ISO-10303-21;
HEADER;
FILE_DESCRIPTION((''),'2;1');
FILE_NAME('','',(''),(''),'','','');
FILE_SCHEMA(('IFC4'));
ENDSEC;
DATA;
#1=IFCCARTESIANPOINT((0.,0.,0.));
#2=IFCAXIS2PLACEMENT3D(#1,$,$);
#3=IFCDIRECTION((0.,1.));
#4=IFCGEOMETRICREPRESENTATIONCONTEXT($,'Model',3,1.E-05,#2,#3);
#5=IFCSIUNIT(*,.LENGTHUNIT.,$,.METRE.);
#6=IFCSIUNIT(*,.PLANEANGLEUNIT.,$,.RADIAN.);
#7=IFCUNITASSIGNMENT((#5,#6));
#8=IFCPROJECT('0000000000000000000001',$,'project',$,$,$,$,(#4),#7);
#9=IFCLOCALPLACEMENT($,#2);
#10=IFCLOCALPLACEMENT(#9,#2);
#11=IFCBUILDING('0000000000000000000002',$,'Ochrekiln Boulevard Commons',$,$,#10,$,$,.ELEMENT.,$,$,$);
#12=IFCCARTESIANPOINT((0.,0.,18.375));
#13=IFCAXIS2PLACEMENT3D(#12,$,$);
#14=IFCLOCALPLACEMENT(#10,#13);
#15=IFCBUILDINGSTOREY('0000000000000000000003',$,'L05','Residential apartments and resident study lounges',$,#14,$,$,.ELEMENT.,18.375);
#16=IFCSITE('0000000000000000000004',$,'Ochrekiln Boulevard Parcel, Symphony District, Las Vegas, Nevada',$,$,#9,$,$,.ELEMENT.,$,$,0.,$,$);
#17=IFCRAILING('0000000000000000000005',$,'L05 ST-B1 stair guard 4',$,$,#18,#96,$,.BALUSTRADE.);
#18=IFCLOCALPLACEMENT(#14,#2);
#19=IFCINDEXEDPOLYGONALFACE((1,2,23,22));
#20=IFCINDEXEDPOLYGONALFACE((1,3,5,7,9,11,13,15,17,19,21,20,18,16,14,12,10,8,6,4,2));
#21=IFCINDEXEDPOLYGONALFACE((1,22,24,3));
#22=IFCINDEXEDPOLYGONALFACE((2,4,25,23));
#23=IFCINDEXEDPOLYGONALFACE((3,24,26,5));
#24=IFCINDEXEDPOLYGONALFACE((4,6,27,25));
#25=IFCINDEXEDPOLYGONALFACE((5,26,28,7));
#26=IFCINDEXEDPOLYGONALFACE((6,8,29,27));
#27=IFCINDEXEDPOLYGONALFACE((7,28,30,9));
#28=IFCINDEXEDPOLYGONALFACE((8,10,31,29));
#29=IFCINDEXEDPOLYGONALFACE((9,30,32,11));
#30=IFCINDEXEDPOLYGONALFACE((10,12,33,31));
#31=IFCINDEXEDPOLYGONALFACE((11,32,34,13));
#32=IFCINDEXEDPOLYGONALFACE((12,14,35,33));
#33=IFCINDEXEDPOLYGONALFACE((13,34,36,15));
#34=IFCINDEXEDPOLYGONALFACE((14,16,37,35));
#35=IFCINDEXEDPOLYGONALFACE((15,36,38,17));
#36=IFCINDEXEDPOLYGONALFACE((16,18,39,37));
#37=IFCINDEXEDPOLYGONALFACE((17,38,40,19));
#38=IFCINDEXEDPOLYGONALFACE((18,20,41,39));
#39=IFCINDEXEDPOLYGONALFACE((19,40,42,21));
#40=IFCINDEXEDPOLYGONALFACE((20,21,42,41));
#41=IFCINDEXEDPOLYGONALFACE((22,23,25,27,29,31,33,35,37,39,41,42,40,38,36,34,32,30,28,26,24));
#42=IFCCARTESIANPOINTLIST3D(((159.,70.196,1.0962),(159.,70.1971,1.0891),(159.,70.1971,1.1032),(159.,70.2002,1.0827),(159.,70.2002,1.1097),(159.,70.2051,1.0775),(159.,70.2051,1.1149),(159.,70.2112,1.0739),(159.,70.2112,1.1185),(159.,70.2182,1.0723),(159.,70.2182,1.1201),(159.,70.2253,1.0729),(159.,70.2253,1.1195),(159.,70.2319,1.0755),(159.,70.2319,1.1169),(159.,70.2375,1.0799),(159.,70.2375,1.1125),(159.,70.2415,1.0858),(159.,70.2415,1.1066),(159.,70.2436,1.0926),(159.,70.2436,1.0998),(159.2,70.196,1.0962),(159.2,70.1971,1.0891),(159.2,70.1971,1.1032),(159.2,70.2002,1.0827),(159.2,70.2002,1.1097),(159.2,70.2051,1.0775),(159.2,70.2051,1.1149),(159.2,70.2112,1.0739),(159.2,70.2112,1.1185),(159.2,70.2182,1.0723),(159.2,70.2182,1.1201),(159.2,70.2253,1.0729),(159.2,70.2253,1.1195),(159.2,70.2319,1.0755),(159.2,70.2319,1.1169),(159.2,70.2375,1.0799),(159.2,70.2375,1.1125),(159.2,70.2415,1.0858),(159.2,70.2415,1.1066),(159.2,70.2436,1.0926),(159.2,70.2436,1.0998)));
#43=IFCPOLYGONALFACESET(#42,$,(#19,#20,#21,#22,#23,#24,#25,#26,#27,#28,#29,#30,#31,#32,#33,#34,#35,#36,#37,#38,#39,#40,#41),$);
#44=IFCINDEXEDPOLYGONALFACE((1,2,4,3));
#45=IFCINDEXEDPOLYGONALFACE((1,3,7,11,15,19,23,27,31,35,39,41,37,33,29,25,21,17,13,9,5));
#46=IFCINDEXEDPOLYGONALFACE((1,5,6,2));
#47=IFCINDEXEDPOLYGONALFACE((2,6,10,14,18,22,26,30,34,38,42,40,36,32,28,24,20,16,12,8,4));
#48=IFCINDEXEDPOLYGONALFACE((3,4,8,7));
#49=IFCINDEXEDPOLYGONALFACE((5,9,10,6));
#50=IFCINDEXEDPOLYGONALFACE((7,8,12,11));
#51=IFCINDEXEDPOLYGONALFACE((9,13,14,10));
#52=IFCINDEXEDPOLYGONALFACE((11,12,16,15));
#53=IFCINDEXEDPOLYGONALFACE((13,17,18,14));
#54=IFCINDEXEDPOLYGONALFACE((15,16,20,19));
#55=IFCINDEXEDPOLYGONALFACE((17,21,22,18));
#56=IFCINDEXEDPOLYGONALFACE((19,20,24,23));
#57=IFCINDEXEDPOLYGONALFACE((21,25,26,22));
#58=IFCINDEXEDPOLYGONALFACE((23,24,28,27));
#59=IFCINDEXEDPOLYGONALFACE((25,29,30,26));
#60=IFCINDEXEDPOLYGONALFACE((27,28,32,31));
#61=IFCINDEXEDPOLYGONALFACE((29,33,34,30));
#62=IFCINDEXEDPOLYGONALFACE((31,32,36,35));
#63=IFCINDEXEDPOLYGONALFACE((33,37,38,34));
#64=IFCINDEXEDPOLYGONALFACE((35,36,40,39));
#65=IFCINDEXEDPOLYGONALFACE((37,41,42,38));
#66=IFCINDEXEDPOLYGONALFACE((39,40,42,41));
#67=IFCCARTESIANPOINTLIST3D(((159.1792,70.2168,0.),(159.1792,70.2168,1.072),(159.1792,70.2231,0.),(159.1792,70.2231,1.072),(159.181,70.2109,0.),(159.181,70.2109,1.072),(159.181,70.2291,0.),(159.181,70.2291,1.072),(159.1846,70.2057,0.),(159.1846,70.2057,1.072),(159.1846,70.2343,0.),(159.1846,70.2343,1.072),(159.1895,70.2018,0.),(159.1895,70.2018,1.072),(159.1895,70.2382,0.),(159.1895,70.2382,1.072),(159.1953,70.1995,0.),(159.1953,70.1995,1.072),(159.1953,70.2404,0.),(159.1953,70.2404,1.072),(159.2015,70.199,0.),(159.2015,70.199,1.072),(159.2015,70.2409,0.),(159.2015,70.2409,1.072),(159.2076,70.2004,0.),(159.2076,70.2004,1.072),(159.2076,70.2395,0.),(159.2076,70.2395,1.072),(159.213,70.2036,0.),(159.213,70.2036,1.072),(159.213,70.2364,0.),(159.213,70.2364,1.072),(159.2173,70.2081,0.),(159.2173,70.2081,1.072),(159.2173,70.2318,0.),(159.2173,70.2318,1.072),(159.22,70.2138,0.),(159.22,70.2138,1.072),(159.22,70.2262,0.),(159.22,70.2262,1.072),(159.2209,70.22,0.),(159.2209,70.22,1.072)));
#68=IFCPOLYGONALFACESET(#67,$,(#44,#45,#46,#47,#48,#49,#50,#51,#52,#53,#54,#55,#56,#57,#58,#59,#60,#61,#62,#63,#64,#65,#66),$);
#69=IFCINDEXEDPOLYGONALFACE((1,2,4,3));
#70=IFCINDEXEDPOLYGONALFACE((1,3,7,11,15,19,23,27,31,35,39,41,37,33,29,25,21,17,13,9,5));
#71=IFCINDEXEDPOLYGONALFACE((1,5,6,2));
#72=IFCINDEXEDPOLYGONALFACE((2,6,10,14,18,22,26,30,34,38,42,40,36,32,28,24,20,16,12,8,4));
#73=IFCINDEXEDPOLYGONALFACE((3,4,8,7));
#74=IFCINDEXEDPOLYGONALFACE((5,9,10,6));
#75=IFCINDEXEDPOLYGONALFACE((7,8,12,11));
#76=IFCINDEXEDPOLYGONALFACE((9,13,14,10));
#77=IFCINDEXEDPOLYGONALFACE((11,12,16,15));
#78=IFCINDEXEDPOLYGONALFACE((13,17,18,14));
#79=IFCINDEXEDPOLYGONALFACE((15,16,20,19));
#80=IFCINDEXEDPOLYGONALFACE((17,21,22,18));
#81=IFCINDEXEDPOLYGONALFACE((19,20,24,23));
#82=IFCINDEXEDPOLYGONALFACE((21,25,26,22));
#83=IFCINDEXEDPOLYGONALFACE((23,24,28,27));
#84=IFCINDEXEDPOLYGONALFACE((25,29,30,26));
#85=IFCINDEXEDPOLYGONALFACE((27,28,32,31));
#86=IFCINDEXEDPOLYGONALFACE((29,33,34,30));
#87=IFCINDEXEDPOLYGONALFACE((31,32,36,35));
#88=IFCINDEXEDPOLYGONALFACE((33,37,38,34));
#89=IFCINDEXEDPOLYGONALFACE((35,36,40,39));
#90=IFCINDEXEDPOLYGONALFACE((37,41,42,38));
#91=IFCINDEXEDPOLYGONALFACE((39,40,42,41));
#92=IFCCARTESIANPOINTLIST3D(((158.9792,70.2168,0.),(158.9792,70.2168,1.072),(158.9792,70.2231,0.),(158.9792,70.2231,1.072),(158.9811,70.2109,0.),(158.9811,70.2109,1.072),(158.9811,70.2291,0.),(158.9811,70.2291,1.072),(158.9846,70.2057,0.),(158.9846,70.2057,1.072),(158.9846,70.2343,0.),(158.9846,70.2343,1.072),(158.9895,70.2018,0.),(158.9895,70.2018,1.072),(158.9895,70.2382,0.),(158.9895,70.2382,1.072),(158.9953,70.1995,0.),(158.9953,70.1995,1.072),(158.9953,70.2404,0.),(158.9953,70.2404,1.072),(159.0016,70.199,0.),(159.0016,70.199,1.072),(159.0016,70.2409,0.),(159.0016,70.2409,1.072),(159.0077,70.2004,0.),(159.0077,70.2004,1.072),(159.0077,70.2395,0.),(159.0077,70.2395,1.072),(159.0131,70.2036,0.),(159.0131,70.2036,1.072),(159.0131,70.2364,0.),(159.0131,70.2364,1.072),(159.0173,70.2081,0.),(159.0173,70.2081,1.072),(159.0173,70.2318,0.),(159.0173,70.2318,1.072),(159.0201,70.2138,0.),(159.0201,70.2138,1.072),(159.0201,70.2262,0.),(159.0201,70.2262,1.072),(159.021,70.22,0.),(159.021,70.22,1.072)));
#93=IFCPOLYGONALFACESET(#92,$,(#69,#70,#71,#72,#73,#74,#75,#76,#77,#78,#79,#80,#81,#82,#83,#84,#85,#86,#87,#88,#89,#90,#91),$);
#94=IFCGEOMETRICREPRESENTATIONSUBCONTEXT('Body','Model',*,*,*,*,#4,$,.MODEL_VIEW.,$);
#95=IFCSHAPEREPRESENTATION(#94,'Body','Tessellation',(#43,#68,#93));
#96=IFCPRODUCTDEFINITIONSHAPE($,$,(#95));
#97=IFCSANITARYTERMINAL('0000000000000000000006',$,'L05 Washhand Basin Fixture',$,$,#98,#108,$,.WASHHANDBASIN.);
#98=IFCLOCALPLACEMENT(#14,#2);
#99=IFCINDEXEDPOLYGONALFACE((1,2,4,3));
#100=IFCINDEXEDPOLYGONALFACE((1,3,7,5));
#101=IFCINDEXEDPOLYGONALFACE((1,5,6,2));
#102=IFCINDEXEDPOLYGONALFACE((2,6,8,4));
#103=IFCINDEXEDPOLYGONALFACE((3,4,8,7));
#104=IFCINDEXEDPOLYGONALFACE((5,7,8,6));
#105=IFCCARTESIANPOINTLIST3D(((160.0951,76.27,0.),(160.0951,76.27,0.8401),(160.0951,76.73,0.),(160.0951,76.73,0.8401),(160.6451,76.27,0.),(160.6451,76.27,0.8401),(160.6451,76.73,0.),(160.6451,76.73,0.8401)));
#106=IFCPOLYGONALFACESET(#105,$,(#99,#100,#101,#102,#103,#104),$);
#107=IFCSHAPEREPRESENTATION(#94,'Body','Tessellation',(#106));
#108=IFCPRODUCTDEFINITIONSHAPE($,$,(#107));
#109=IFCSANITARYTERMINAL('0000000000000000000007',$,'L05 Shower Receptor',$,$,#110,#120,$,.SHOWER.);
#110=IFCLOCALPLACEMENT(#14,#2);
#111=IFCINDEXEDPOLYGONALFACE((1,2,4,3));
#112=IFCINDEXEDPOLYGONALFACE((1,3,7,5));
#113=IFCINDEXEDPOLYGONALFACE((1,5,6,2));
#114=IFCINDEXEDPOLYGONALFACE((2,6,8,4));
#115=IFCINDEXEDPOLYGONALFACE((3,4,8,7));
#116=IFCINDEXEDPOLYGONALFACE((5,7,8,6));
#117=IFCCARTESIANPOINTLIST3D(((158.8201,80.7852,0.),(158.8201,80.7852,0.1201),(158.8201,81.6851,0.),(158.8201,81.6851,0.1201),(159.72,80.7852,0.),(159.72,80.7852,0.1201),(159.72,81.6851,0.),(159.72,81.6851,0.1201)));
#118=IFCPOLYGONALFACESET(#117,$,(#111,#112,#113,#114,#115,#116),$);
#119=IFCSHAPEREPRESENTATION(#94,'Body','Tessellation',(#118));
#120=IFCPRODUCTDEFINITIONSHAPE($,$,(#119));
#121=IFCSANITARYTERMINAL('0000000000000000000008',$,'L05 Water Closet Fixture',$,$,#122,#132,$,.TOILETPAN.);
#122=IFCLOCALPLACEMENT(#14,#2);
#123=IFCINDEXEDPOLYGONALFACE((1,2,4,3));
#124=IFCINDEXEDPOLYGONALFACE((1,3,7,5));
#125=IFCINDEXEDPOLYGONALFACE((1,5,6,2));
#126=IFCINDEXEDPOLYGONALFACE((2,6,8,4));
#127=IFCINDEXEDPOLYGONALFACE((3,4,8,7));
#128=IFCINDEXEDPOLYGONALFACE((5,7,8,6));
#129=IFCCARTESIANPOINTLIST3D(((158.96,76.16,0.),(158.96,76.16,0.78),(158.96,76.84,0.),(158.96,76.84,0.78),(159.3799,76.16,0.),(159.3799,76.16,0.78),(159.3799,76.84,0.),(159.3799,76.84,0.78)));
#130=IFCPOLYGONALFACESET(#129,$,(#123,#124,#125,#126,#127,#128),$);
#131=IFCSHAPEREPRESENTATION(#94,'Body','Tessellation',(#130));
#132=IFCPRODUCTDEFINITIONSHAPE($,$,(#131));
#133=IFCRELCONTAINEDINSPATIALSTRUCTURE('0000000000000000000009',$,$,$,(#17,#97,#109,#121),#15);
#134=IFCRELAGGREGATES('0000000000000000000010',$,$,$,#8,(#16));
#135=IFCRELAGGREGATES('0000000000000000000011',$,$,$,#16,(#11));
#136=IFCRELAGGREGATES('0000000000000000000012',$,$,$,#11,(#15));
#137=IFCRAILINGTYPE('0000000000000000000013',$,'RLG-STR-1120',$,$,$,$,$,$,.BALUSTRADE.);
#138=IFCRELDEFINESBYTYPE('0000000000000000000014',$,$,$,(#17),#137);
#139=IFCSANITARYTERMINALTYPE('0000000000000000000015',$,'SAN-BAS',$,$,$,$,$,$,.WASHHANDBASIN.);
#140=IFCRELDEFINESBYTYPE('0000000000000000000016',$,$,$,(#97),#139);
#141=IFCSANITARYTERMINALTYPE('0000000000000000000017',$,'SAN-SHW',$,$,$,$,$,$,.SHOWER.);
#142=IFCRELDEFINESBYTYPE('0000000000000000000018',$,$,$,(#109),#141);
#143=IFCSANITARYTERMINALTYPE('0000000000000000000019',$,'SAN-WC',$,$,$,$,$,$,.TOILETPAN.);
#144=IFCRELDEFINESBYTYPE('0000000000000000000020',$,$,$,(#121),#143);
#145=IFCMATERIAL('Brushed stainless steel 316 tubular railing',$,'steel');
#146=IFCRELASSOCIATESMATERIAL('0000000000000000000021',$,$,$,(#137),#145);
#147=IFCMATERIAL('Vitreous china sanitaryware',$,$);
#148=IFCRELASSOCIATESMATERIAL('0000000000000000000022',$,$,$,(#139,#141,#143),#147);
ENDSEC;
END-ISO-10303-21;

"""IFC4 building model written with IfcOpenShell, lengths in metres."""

from ifc_helpers import new_model, si_unit, direction, frame, origin, origin_2d, place, context, subcontext, project, spatial, rectangle, circle, extrude, material, type_object, element, save


model = new_model("IFC4")

# Units and contexts
model_context = context("Model", 3, precision=1e-05, world=origin(), true_north=direction((0.0, 1.0)))
body_context = subcontext(model_context, "Body", "Model", "MODEL_VIEW")
ifc_project = project(units=[si_unit("LENGTHUNIT", "METRE"), si_unit("PLANEANGLEUNIT", "RADIAN")], contexts=[model_context])

# Site, building, storey
site_placement = place(None, origin())
site = spatial("IfcSite", under=ifc_project, at=site_placement, Name="Ochrekiln Boulevard Parcel, Symphony District, Las Vegas, Nevada", CompositionType="ELEMENT", RefElevation=0.0)
building_placement = place(site_placement, origin())
building = spatial("IfcBuilding", under=site, at=building_placement, Name="Ochrekiln Boulevard Commons", CompositionType="ELEMENT")
storey_placement = place(building_placement, frame((0.0, 0.0, 18.375)))
storey = spatial("IfcBuildingStorey", under=building, at=storey_placement, Name="L05", Description="Residential apartments and resident study lounges", CompositionType="ELEMENT", Elevation=18.375)

# Railing
ifc_material_1 = material(Name="Brushed stainless steel 316 tubular railing", Category="steel")
railing_type_1 = type_object("IfcRailingType", Name="RLG-STR-1120", PredefinedType="BALUSTRADE", material=ifc_material_1)
railing_1_placement = place(storey_placement, frame((159.2, 70.22, 0.0)))
element("IfcRailing", 1, at=railing_1_placement, inside=storey, type_object=railing_type_1, Name="L05 ST-B1 stair guard 4", PredefinedType="BALUSTRADE", context=body_context, shape_type="SweptSolid", body=[
    extrude(circle(Radius=0.0239, at=origin_2d()), frame((0.0, 0.0, 1.0962), z_axis=(-1.0, 0.0, 0.0), x_axis=(0.0, -1.0, 0.0)), (0.0, 0.0, 1.0), 0.2),
    extrude(circle(Radius=0.021, at=origin_2d()), origin(), (0.0, 0.0, 1.0), 1.072),
    extrude(circle(Radius=0.021, at=origin_2d()), frame((-0.2, 0.0, 0.0)), (0.0, 0.0, 1.0), 1.072),
])

# Sanitary terminals
ifc_material_2 = material(Name="Vitreous china sanitaryware")
sanitary_terminal_type_1 = type_object("IfcSanitaryTerminalType", Name="SAN-BAS", PredefinedType="WASHHANDBASIN", material=ifc_material_2)
sanitary_terminal_1_placement = place(storey_placement, frame((160.3701, 76.5, 0.0), z_axis=(0.0, 0.0, 1.0), x_axis=(1.0, 0.0, 0.0)))
element("IfcSanitaryTerminal", 2, at=sanitary_terminal_1_placement, inside=storey, type_object=sanitary_terminal_type_1, Name="L05 Washhand Basin Fixture", PredefinedType="WASHHANDBASIN", context=body_context, shape_type="SweptSolid", body=[
    extrude(rectangle(XDim=0.55, YDim=0.46, at=origin_2d()), origin(), (0.0, 0.0, 1.0), 0.8401),
])
sanitary_terminal_type_2 = type_object("IfcSanitaryTerminalType", Name="SAN-SHW", PredefinedType="SHOWER", material=ifc_material_2)
sanitary_terminal_2_placement = place(storey_placement, frame((159.27, 81.2351, 0.0), z_axis=(0.0, 0.0, 1.0), x_axis=(1.0, 0.0, 0.0)))
element("IfcSanitaryTerminal", 3, at=sanitary_terminal_2_placement, inside=storey, type_object=sanitary_terminal_type_2, Name="L05 Shower Receptor", PredefinedType="SHOWER", context=body_context, shape_type="SweptSolid", body=[
    extrude(rectangle(XDim=0.8999, YDim=0.8999, at=origin_2d()), origin(), (0.0, 0.0, 1.0), 0.1201),
])
sanitary_terminal_type_3 = type_object("IfcSanitaryTerminalType", Name="SAN-WC", PredefinedType="TOILETPAN", material=ifc_material_2)
sanitary_terminal_3_placement = place(storey_placement, frame((159.1699, 76.5, 0.0), z_axis=(0.0, 0.0, 1.0), x_axis=(1.0, 0.0, 0.0)))
element("IfcSanitaryTerminal", 4, at=sanitary_terminal_3_placement, inside=storey, type_object=sanitary_terminal_type_3, Name="L05 Water Closet Fixture", PredefinedType="TOILETPAN", context=body_context, shape_type="SweptSolid", body=[
    extrude(rectangle(XDim=0.4199, YDim=0.6799, at=origin_2d()), origin(), (0.0, 0.0, 1.0), 0.78),
])

save(model, "model.ifc")
